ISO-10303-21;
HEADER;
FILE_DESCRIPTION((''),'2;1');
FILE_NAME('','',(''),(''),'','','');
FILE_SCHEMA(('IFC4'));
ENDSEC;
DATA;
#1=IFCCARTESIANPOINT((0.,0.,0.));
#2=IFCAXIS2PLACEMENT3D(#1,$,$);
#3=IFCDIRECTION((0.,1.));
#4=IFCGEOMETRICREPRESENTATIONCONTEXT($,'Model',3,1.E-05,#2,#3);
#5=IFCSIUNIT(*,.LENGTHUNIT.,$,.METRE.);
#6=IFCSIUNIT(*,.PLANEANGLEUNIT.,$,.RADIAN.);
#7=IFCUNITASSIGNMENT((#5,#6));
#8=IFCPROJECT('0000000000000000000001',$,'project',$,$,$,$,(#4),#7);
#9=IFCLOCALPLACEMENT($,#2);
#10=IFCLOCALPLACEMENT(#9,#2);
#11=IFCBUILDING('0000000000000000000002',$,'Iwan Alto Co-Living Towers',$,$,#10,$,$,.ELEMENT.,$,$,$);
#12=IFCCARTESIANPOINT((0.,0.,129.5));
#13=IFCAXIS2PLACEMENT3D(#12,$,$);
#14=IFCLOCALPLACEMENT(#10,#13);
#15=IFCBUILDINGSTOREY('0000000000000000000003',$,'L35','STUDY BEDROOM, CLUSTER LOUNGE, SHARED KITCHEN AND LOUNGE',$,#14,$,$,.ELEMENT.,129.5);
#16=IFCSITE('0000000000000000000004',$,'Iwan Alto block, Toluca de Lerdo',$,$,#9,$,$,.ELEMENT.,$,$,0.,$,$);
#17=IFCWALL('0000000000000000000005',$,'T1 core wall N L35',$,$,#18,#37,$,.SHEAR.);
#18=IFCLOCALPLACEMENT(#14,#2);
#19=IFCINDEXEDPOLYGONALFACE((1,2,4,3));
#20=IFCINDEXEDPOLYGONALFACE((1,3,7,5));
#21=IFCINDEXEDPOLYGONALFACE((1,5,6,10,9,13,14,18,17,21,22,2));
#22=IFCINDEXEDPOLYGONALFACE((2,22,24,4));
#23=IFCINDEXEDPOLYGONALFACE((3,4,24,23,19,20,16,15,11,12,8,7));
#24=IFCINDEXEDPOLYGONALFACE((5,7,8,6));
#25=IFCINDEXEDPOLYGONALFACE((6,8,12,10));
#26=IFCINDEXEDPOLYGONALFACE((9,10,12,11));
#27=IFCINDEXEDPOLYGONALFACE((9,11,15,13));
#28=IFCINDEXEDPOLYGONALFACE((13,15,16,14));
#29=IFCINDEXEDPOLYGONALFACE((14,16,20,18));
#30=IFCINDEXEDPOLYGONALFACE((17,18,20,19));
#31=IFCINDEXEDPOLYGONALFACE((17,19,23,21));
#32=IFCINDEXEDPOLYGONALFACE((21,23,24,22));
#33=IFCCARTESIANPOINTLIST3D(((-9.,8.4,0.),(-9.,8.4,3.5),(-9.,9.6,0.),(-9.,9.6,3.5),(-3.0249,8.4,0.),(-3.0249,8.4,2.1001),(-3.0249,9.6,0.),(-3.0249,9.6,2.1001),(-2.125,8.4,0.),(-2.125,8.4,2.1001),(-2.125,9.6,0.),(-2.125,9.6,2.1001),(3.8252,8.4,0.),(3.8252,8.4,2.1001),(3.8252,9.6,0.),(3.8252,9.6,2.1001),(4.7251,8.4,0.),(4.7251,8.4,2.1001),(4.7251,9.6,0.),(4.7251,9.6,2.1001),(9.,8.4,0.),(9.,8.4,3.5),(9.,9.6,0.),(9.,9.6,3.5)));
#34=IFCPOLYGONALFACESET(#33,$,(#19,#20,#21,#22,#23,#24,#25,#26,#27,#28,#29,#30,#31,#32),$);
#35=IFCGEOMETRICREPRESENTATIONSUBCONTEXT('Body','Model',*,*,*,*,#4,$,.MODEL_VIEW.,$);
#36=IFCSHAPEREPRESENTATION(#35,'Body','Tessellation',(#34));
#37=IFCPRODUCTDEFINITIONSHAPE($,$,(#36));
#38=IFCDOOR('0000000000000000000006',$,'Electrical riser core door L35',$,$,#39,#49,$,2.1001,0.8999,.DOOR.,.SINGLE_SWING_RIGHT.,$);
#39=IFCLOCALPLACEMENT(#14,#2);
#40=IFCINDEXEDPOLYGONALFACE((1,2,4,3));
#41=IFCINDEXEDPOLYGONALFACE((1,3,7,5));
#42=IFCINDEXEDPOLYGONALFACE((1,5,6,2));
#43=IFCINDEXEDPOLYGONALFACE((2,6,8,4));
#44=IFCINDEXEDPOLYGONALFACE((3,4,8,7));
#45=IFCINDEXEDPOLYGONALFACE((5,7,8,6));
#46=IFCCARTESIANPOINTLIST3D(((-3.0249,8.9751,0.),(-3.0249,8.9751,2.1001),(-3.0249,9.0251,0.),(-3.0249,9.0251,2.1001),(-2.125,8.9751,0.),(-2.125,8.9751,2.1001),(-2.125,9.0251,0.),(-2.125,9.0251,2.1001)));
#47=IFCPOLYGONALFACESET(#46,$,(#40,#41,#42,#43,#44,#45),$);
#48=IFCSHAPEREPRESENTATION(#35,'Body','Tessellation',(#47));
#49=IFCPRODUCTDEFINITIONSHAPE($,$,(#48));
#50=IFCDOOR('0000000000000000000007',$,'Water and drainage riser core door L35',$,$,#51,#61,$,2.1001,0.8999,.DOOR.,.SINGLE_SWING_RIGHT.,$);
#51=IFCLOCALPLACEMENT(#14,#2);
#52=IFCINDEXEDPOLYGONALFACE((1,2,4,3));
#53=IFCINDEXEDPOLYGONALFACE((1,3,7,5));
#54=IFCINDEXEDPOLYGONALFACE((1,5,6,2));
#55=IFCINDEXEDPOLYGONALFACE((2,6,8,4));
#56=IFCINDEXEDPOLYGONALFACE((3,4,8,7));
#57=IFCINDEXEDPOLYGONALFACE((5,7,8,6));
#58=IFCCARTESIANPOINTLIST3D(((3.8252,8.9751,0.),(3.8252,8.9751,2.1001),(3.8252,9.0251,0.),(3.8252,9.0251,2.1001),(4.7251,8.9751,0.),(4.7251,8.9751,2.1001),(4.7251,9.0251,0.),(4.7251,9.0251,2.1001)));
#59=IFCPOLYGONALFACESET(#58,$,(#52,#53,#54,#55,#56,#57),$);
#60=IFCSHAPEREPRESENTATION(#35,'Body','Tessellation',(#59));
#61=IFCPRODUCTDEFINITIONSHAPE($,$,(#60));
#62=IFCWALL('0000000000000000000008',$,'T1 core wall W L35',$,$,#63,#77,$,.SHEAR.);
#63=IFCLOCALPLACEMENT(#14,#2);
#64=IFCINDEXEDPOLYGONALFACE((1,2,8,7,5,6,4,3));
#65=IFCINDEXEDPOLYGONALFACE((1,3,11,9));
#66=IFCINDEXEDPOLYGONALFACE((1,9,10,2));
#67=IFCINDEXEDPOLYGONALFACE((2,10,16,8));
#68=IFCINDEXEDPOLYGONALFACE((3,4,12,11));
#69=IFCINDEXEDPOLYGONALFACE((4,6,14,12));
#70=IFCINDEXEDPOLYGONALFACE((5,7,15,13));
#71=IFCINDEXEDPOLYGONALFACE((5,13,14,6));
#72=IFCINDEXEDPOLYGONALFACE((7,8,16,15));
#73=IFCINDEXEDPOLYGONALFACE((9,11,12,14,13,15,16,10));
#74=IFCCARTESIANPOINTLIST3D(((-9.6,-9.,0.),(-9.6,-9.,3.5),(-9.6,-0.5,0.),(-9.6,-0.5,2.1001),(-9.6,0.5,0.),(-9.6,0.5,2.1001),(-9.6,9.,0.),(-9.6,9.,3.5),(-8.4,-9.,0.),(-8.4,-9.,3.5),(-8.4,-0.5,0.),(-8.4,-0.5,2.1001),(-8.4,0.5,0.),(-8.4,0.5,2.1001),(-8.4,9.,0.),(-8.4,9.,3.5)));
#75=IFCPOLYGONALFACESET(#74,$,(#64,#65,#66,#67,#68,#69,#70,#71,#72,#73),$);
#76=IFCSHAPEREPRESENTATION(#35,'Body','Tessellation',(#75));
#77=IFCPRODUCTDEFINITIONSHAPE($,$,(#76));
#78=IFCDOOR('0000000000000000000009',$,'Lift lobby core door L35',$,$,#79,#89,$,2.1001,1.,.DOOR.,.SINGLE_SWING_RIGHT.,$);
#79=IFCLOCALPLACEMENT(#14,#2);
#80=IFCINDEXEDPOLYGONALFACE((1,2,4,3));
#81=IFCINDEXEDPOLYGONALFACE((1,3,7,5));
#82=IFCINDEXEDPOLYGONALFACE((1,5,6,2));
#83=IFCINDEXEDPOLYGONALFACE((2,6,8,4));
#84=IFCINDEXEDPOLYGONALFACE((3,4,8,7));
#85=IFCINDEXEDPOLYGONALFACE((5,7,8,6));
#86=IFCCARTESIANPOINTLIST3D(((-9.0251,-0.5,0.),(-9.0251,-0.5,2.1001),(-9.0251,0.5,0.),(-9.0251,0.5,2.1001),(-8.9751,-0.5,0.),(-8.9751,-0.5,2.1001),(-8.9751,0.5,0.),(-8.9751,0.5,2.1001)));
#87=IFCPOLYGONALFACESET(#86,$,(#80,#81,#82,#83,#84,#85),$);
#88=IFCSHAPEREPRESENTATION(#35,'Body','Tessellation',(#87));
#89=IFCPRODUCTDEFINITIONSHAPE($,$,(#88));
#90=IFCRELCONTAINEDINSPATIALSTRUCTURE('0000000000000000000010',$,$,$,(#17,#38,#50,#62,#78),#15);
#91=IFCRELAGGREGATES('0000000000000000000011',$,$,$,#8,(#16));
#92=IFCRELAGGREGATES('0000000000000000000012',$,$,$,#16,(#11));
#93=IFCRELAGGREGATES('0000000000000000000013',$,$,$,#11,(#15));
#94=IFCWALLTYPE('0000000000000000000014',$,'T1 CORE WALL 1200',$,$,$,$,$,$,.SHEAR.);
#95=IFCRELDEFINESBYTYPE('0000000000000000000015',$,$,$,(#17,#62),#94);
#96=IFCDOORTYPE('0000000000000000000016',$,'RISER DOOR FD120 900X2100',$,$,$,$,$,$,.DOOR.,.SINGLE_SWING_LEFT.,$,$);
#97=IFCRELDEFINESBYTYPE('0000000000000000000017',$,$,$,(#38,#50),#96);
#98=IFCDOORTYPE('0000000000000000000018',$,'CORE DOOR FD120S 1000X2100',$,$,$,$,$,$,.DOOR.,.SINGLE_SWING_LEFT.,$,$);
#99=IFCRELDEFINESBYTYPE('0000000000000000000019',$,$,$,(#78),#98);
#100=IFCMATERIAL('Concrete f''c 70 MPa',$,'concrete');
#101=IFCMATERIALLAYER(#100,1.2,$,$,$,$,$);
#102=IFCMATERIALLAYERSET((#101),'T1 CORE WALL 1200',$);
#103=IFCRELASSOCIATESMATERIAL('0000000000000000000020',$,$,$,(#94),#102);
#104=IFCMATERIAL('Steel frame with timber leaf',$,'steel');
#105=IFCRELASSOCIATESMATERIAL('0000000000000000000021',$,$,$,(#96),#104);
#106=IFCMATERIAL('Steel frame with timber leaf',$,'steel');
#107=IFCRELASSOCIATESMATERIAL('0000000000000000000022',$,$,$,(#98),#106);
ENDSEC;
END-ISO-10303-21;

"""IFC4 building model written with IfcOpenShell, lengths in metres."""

from ifc_helpers import new_model, si_unit, direction, frame, frame_2d, origin, place, context, subcontext, project, spatial, rectangle, extrude, material, layer, layer_set, type_object, element, fill, save


model = new_model("IFC4")

# Units and contexts
model_context = context("Model", 3, precision=1e-05, world=origin(), true_north=direction((0.0, 1.0)))
body_context = subcontext(model_context, "Body", "Model", "MODEL_VIEW")
ifc_project = project(units=[si_unit("LENGTHUNIT", "METRE"), si_unit("PLANEANGLEUNIT", "RADIAN")], contexts=[model_context])

# Site, building, storey
site_placement = place(None, origin())
site = spatial("IfcSite", under=ifc_project, at=site_placement, Name="Iwan Alto block, Toluca de Lerdo", CompositionType="ELEMENT", RefElevation=0.0)
building_placement = place(site_placement, origin())
building = spatial("IfcBuilding", under=site, at=building_placement, Name="Iwan Alto Co-Living Towers", CompositionType="ELEMENT")
storey_placement = place(building_placement, frame((0.0, 0.0, 129.5)))
storey = spatial("IfcBuildingStorey", under=building, at=storey_placement, Name="L35", Description="STUDY BEDROOM, CLUSTER LOUNGE, SHARED KITCHEN AND LOUNGE", CompositionType="ELEMENT", Elevation=129.5)

# Wall, openings, doors
ifc_material_1 = material(Name="Concrete f'c 70 MPa", Category="concrete")
ifc_layer_1 = layer(ifc_material_1, 1.2)
ifc_layer_set_1 = layer_set([ifc_layer_1], Name="T1 CORE WALL 1200")
wall_type_1 = type_object("IfcWallType", Name="T1 CORE WALL 1200", PredefinedType="SHEAR", material=ifc_layer_set_1)
wall_1_placement = place(storey_placement, frame((9.0, 9.0, 0.0), z_axis=(0.0, 0.0, 1.0), x_axis=(-1.0, 0.0, 0.0)))
wall_1 = element("IfcWall", 1, at=wall_1_placement, inside=storey, type_object=wall_type_1, Name="T1 core wall N L35", PredefinedType="SHEAR", context=body_context, shape_type="SweptSolid", body=[
    extrude(rectangle(XDim=18.0, YDim=1.2, at=frame_2d((9.0, 0.0))), origin(), (0.0, 0.0, 1.0), 3.5),
])
opening_1_placement = place(wall_1_placement, frame((11.125, 0.0, 0.0)))
opening_1 = element("IfcOpeningElement", 2, at=opening_1_placement, cuts=wall_1, PredefinedType="OPENING", context=body_context, shape_type="SweptSolid", body=[
    extrude(rectangle(XDim=0.8999, YDim=2.1001, at=frame_2d((0.45, 1.05))), frame((0.0, 0.6099, 0.0), z_axis=(0.0, -1.0, 0.0), x_axis=(1.0, 0.0, 0.0)), (0.0, 0.0, 1.0), 1.22),
])
opening_2_placement = place(wall_1_placement, frame((4.2749, 0.0, 0.0)))
opening_2 = element("IfcOpeningElement", 3, at=opening_2_placement, cuts=wall_1, PredefinedType="OPENING", context=body_context, shape_type="SweptSolid", body=[
    extrude(rectangle(XDim=0.8999, YDim=2.1001, at=frame_2d((0.45, 1.05))), frame((0.0, 0.6099, 0.0), z_axis=(0.0, -1.0, 0.0), x_axis=(1.0, 0.0, 0.0)), (0.0, 0.0, 1.0), 1.22),
])
ifc_material_2 = material(Name="Steel frame with timber leaf", Category="steel")
door_type_1 = type_object("IfcDoorType", Name="RISER DOOR FD120 900X2100", OperationType="SINGLE_SWING_LEFT", PredefinedType="DOOR", material=ifc_material_2)
door_1_placement = place(opening_1_placement, origin())
door_1 = element("IfcDoor", 4, at=door_1_placement, inside=storey, type_object=door_type_1, Name="Electrical riser core door L35", OperationType="SINGLE_SWING_RIGHT", OverallHeight=2.1001, OverallWidth=0.8999, PredefinedType="DOOR", context=body_context, shape_type="SweptSolid", body=[
    extrude(rectangle(XDim=0.8999, YDim=2.1001, at=frame_2d((0.45, 1.05))), frame((0.0, 0.0249, 0.0), z_axis=(0.0, -1.0, 0.0), x_axis=(1.0, 0.0, 0.0)), (0.0, 0.0, 1.0), 0.05),
])
fill(opening_1, door_1)
door_2_placement = place(opening_2_placement, origin())
door_2 = element("IfcDoor", 5, at=door_2_placement, inside=storey, type_object=door_type_1, Name="Water and drainage riser core door L35", OperationType="SINGLE_SWING_RIGHT", OverallHeight=2.1001, OverallWidth=0.8999, PredefinedType="DOOR", context=body_context, shape_type="SweptSolid", body=[
    extrude(rectangle(XDim=0.8999, YDim=2.1001, at=frame_2d((0.45, 1.05))), frame((0.0, 0.0249, 0.0), z_axis=(0.0, -1.0, 0.0), x_axis=(1.0, 0.0, 0.0)), (0.0, 0.0, 1.0), 0.05),
])
fill(opening_2, door_2)

# Wall, opening, door
wall_2_placement = place(storey_placement, frame((-9.0, 9.0, 0.0), z_axis=(0.0, 0.0, 1.0), x_axis=(0.0, -1.0, 0.0)))
wall_2 = element("IfcWall", 6, at=wall_2_placement, inside=storey, type_object=wall_type_1, Name="T1 core wall W L35", PredefinedType="SHEAR", context=body_context, shape_type="SweptSolid", body=[
    extrude(rectangle(XDim=18.0, YDim=1.2, at=frame_2d((9.0, 0.0))), origin(), (0.0, 0.0, 1.0), 3.5),
])
opening_3_placement = place(wall_2_placement, frame((8.5, 0.0, 0.0)))
opening_3 = element("IfcOpeningElement", 7, at=opening_3_placement, cuts=wall_2, PredefinedType="OPENING", context=body_context, shape_type="SweptSolid", body=[
    extrude(rectangle(XDim=1.0, YDim=2.1001, at=frame_2d((0.5, 1.05))), frame((0.0, 0.6099, 0.0), z_axis=(0.0, -1.0, 0.0), x_axis=(1.0, 0.0, 0.0)), (0.0, 0.0, 1.0), 1.22),
])
ifc_material_3 = material(Name="Steel frame with timber leaf", Category="steel")
door_type_2 = type_object("IfcDoorType", Name="CORE DOOR FD120S 1000X2100", OperationType="SINGLE_SWING_LEFT", PredefinedType="DOOR", material=ifc_material_3)
door_3_placement = place(opening_3_placement, origin())
door_3 = element("IfcDoor", 8, at=door_3_placement, inside=storey, type_object=door_type_2, Name="Lift lobby core door L35", OperationType="SINGLE_SWING_RIGHT", OverallHeight=2.1001, OverallWidth=1.0, PredefinedType="DOOR", context=body_context, shape_type="SweptSolid", body=[
    extrude(rectangle(XDim=1.0, YDim=2.1001, at=frame_2d((0.5, 1.05))), frame((0.0, 0.0249, 0.0), z_axis=(0.0, -1.0, 0.0), x_axis=(1.0, 0.0, 0.0)), (0.0, 0.0, 1.0), 0.05),
])
fill(opening_3, door_3)

save(model, "model.ifc")
